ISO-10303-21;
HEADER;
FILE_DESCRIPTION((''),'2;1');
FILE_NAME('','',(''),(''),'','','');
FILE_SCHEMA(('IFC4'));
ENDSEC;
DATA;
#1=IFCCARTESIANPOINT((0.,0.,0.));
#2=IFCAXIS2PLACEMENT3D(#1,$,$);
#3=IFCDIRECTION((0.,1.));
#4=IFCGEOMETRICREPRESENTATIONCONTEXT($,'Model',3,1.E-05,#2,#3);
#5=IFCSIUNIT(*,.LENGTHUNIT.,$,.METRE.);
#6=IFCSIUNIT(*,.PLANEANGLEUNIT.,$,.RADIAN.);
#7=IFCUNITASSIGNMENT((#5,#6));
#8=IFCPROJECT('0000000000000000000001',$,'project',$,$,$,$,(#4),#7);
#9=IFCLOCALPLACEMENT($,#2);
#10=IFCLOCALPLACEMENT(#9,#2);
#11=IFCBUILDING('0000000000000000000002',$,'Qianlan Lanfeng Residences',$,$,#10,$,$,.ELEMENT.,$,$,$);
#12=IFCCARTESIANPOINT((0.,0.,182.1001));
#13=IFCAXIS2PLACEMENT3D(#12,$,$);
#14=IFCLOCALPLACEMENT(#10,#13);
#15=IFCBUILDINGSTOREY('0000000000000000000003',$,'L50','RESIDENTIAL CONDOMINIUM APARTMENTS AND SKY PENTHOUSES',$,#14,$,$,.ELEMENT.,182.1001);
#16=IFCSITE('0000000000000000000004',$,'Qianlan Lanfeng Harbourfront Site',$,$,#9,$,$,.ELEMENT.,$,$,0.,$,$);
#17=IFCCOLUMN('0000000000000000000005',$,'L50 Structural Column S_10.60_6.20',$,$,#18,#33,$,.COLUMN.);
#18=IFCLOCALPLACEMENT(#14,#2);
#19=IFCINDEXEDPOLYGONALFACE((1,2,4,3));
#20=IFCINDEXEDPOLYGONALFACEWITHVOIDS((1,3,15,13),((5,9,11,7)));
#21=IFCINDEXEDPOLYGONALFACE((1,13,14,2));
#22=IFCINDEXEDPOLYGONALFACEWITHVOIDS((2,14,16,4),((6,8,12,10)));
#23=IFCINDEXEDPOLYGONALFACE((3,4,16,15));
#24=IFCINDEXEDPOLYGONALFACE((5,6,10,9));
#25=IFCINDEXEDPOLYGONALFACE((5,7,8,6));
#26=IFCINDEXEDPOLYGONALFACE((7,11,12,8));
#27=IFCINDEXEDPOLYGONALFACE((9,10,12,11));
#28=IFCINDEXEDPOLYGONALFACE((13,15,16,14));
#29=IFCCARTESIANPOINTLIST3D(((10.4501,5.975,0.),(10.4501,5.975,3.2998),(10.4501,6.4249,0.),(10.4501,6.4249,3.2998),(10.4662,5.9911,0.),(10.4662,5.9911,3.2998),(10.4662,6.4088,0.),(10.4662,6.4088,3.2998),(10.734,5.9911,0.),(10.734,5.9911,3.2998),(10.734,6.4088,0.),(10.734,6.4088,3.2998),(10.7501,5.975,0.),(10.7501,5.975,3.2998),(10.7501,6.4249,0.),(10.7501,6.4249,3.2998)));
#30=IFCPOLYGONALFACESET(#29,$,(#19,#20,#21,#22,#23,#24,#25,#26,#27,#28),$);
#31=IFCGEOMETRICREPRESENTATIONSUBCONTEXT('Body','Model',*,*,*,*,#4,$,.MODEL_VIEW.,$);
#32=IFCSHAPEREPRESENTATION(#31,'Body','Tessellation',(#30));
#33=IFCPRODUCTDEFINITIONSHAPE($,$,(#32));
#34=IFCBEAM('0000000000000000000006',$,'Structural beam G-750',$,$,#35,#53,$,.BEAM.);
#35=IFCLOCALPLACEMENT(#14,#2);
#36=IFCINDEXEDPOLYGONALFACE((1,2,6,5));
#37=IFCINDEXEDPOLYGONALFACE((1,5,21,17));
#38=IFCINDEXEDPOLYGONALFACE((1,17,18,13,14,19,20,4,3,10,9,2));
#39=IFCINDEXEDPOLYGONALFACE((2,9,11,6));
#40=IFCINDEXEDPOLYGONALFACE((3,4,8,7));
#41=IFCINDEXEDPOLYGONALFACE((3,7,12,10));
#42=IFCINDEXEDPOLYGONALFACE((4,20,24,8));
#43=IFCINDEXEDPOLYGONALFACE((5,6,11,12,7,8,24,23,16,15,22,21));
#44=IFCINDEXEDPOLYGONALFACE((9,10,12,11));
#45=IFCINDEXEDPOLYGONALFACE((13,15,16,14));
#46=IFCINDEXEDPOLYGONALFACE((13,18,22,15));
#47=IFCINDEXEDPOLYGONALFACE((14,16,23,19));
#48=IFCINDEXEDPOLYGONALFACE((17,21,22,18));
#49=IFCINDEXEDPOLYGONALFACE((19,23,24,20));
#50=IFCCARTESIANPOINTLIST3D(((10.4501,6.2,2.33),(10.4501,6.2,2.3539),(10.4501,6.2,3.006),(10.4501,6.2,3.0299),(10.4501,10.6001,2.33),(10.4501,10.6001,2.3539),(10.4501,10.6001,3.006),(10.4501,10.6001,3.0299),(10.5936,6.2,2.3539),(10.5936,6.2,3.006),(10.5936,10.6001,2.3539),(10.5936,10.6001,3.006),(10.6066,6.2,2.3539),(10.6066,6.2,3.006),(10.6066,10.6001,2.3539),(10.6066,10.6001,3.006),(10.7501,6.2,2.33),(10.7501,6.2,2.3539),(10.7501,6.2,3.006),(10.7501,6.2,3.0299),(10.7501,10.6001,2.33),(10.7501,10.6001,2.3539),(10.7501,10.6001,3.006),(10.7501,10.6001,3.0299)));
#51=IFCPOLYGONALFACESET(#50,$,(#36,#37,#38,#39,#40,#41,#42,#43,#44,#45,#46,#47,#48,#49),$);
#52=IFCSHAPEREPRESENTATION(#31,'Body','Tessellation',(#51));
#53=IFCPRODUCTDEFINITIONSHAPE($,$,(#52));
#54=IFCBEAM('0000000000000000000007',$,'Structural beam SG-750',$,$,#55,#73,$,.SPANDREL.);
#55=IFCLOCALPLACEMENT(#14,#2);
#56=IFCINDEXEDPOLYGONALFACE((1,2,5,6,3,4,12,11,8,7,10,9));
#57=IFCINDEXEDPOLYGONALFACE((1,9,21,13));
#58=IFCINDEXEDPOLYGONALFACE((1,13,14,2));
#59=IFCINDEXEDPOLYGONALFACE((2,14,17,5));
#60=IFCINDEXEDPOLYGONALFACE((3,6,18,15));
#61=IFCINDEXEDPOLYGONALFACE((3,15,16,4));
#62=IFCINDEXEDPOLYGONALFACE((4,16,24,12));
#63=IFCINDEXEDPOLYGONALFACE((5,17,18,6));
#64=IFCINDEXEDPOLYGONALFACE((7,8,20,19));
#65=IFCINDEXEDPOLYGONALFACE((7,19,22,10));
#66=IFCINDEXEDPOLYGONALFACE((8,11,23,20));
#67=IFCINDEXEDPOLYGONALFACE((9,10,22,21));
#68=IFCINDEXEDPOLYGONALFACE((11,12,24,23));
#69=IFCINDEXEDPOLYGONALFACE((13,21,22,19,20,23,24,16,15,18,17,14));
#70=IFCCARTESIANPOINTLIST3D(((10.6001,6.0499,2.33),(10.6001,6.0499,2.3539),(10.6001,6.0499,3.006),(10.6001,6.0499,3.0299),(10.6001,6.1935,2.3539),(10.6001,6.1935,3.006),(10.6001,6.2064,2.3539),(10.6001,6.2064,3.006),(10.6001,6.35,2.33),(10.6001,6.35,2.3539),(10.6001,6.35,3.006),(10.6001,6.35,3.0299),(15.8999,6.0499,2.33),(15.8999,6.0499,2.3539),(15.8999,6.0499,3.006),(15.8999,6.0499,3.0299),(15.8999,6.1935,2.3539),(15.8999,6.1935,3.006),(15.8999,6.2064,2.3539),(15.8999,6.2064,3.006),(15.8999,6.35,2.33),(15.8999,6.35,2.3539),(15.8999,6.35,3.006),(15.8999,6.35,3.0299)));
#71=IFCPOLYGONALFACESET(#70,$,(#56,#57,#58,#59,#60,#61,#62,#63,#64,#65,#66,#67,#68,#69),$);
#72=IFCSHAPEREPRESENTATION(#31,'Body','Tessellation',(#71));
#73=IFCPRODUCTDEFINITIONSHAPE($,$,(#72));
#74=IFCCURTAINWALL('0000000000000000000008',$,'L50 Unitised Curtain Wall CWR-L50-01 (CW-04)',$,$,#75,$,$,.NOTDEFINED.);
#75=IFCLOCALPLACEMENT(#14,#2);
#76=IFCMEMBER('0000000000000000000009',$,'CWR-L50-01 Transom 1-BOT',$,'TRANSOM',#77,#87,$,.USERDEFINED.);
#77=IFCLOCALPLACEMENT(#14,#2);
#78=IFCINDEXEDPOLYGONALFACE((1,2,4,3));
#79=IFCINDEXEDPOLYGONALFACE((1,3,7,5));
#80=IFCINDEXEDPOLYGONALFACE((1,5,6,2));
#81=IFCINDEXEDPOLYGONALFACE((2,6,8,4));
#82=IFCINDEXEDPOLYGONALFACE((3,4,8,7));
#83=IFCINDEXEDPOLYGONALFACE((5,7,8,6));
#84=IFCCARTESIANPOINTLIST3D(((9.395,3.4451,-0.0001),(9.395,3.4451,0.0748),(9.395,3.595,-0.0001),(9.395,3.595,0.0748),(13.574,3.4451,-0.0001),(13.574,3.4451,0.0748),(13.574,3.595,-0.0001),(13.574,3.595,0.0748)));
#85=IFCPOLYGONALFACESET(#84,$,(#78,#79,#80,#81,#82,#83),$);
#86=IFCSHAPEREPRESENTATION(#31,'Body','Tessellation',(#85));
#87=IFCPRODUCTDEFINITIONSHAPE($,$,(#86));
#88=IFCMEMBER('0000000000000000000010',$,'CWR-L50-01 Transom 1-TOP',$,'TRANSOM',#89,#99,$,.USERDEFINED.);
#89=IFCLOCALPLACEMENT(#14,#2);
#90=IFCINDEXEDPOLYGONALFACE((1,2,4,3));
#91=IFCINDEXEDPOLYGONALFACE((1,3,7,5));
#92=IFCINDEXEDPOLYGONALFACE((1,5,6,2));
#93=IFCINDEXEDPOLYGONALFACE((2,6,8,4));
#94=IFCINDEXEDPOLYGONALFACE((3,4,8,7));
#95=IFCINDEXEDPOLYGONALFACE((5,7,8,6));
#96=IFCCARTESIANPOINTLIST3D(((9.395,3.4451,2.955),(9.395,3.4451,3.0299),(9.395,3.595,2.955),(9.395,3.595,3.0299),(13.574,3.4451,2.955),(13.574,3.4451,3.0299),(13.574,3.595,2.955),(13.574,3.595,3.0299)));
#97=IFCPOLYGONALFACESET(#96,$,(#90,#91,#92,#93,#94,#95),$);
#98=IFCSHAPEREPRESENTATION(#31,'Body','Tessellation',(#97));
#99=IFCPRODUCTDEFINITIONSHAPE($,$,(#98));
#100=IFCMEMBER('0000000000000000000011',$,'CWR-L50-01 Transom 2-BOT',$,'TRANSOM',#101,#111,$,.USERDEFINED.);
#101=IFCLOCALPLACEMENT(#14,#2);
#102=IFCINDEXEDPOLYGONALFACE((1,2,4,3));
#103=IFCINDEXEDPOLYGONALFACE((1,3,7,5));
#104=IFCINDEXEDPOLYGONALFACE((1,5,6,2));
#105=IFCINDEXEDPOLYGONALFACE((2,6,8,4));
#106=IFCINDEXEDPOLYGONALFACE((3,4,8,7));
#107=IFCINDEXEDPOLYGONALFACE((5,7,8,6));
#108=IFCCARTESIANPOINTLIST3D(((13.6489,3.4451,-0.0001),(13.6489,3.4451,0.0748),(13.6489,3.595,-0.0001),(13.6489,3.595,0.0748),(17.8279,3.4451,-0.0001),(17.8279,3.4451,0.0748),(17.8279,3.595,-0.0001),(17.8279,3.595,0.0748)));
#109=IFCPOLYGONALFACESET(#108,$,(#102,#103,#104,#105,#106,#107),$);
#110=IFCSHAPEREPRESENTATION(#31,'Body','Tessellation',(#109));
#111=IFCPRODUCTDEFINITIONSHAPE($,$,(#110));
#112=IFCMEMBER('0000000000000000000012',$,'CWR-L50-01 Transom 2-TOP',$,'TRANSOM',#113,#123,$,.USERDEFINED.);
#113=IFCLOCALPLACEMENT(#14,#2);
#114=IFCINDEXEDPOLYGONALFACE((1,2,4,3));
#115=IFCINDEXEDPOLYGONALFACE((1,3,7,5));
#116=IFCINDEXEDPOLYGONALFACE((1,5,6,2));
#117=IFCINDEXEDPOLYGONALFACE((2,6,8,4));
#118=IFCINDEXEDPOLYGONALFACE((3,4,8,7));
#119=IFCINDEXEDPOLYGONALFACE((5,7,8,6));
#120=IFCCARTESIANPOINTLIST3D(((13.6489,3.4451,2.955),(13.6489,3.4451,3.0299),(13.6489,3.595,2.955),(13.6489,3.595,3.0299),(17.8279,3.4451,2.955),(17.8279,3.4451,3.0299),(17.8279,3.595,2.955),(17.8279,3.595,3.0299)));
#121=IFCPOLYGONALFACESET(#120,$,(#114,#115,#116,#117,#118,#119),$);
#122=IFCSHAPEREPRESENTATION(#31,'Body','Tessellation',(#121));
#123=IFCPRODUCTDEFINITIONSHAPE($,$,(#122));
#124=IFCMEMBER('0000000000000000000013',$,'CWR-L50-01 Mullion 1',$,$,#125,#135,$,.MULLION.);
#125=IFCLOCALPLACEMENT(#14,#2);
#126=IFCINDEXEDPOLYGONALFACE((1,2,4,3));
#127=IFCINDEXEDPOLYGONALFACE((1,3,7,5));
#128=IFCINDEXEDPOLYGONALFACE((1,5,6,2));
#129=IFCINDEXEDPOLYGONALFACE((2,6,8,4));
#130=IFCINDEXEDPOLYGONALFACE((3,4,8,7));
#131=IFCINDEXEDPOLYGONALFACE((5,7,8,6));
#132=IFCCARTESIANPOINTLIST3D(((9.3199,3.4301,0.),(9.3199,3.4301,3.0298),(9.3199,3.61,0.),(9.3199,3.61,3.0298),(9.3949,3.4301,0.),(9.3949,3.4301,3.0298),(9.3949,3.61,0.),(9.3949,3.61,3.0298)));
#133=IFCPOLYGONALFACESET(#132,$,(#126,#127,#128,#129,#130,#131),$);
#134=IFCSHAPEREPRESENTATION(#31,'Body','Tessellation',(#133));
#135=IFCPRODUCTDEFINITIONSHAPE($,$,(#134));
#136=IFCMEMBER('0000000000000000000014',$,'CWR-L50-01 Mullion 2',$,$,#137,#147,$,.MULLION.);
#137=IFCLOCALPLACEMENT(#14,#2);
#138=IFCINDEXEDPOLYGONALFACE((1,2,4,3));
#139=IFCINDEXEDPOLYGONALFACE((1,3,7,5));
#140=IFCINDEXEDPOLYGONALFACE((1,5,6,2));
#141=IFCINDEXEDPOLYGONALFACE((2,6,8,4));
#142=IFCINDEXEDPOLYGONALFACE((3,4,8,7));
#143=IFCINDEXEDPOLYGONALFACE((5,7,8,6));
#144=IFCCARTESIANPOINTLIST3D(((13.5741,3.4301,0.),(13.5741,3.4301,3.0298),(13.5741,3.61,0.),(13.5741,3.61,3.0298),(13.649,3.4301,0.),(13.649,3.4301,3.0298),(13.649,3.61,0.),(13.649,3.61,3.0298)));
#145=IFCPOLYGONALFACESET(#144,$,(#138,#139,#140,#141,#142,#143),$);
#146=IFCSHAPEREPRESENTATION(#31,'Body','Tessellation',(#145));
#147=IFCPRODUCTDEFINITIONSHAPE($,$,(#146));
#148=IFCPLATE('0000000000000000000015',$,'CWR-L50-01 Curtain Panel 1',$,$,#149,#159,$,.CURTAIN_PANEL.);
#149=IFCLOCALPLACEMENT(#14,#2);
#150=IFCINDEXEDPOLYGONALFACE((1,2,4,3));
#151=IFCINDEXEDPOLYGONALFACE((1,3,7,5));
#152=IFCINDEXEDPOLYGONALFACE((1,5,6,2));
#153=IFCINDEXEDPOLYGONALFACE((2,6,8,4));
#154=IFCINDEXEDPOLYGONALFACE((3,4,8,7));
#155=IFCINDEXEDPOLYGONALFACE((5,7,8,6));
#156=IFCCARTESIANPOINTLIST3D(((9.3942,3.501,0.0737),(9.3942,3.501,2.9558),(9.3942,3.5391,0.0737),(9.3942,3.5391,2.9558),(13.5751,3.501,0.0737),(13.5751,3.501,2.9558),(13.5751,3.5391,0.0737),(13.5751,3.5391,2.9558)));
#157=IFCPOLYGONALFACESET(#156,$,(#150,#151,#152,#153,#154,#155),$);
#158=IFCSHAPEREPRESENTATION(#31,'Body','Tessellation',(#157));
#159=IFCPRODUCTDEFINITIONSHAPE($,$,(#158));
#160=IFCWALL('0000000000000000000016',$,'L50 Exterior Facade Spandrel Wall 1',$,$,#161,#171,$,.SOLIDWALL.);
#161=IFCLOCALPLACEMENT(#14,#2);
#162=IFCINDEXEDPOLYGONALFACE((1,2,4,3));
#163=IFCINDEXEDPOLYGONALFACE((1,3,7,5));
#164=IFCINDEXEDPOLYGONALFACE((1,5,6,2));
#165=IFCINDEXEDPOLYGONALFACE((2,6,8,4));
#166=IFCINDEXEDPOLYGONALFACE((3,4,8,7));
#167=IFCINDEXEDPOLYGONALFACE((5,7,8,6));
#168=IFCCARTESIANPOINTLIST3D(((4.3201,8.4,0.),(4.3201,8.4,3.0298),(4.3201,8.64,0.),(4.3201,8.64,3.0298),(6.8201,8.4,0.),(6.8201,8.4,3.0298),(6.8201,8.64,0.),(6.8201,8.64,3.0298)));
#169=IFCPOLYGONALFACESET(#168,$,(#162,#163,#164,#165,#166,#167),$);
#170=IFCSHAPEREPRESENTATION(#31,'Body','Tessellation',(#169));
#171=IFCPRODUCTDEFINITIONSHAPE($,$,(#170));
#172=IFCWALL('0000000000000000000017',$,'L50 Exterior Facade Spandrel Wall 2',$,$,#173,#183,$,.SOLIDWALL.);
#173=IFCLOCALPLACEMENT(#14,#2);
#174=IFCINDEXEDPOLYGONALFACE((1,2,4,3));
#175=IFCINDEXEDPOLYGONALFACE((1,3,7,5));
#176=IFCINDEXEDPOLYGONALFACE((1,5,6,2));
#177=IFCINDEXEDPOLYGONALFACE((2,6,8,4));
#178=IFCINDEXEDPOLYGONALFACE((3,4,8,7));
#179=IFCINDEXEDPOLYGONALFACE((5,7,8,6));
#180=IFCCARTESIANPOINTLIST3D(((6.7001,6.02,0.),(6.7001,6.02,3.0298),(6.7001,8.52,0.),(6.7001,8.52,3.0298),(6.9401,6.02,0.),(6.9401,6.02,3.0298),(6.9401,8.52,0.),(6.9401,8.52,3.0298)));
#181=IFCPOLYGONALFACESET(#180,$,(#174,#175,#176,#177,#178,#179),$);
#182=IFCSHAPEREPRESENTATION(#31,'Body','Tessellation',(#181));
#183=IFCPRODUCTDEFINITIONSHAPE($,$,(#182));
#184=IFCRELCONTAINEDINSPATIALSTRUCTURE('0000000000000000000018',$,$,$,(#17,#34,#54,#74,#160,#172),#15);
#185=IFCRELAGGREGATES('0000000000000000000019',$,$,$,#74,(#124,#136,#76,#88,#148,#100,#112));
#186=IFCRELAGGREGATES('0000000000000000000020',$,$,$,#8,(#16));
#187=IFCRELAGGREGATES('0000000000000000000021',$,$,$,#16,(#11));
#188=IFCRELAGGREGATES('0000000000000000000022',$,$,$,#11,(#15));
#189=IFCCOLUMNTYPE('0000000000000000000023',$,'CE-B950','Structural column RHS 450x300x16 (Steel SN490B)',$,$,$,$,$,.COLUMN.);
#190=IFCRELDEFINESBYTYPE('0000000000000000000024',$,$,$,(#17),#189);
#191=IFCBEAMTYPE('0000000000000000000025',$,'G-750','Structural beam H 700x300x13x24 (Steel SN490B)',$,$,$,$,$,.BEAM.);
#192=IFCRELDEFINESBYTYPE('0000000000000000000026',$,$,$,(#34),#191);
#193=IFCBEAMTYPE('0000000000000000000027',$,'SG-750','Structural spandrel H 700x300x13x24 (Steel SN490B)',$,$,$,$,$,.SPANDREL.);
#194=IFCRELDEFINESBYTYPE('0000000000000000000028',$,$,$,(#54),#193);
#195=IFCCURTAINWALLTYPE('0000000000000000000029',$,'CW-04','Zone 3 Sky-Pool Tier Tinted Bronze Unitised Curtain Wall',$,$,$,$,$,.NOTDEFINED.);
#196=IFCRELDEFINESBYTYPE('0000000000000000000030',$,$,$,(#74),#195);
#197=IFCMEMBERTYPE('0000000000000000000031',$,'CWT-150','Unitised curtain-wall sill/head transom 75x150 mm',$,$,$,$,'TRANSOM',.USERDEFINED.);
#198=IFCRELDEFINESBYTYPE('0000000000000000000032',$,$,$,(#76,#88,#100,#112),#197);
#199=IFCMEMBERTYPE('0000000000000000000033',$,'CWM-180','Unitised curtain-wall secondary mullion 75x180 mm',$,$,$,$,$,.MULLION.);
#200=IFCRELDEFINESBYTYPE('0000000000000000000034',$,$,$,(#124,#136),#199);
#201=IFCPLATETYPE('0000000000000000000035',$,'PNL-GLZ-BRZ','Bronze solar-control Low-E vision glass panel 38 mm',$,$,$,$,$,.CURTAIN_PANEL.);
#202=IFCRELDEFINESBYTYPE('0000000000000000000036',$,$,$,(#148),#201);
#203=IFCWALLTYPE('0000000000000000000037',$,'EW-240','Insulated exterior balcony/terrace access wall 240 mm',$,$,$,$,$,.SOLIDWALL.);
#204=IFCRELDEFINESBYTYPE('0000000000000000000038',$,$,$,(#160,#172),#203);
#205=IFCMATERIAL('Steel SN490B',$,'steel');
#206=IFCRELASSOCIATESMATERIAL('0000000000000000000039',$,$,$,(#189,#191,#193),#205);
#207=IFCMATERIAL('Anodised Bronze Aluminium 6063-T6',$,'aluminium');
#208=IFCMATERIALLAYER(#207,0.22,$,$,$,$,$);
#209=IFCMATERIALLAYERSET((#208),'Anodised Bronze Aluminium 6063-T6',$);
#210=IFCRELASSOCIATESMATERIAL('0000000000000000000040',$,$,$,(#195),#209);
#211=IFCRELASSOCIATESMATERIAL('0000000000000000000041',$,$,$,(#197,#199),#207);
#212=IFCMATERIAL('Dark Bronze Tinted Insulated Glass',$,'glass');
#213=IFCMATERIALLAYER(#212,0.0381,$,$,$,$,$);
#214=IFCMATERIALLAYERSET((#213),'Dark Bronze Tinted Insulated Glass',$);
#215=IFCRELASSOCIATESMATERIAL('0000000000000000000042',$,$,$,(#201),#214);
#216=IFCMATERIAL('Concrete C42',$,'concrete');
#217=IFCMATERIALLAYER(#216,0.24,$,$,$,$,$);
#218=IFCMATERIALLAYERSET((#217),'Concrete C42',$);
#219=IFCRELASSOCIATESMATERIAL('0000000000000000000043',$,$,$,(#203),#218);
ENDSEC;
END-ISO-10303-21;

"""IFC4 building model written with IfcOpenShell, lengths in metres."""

from ifc_helpers import new_model, si_unit, direction, frame, frame_2d, origin, origin_2d, place, context, subcontext, project, spatial, rectangle, hollow_rectangle, i_section, extrude, source, transform, mapped, material, layer, layer_set, material_profile, profile_set, type_object, element, aggregate, save


model = new_model("IFC4")

# Units and contexts
model_context = context("Model", 3, precision=1e-05, world=origin(), true_north=direction((0.0, 1.0)))
body_context = subcontext(model_context, "Body", "Model", "MODEL_VIEW")
ifc_project = project(units=[si_unit("LENGTHUNIT", "METRE"), si_unit("PLANEANGLEUNIT", "RADIAN")], contexts=[model_context])

# Site, building, storey
site_placement = place(None, origin())
site = spatial("IfcSite", under=ifc_project, at=site_placement, Name="Qianlan Lanfeng Harbourfront Site", CompositionType="ELEMENT", RefElevation=0.0)
building_placement = place(site_placement, origin())
building = spatial("IfcBuilding", under=site, at=building_placement, Name="Qianlan Lanfeng Residences", CompositionType="ELEMENT")
storey_placement = place(building_placement, frame((0.0, 0.0, 182.1001)))
storey = spatial("IfcBuildingStorey", under=building, at=storey_placement, Name="L50", Description="RESIDENTIAL CONDOMINIUM APARTMENTS AND SKY PENTHOUSES", CompositionType="ELEMENT", Elevation=182.1001)

# Column
ifc_material_1 = material(Name="Steel SN490B", Category="steel")
ifc_material_profile_1 = material_profile(ifc_material_1, hollow_rectangle(XDim=0.3, YDim=0.45, WallThickness=0.0161, at=origin_2d()), Name="RHS 450x300x16")
ifc_profile_set_1 = profile_set([ifc_material_profile_1], Name="Steel SN490B")
column_type = type_object("IfcColumnType", Name="CE-B950", Description="Structural column RHS 450x300x16 (Steel SN490B)", PredefinedType="COLUMN", material=ifc_profile_set_1)
column_placement = place(storey_placement, frame((10.6001, 6.2, 0.0), z_axis=(0.0, 0.0, 1.0), x_axis=(1.0, 0.0, 0.0)))
element("IfcColumn", 1, at=column_placement, inside=storey, type_object=column_type, Name="L50 Structural Column S_10.60_6.20", PredefinedType="COLUMN", context=body_context, shape_type="SweptSolid", body=[
    extrude(hollow_rectangle(XDim=0.3, YDim=0.45, WallThickness=0.0161, at=origin_2d()), origin(), (0.0, 0.0, 1.0), 3.2998),
])

# Beams
ifc_material_profile_2 = material_profile(ifc_material_1, i_section(OverallWidth=0.3, OverallDepth=0.7, WebThickness=0.0129, FlangeThickness=0.0239, at=origin_2d()), Name="H 700x300x13x24")
ifc_profile_set_2 = profile_set([ifc_material_profile_2], Name="Steel SN490B")
beam_type_1 = type_object("IfcBeamType", Name="G-750", Description="Structural beam H 700x300x13x24 (Steel SN490B)", PredefinedType="BEAM", material=ifc_profile_set_2)
beam_1_placement = place(storey_placement, frame((10.6001, 6.2, 2.6799), z_axis=(0.0, 1.0, 0.0), x_axis=(-1.0, 0.0, 0.0)))
element("IfcBeam", 2, at=beam_1_placement, inside=storey, type_object=beam_type_1, Name="Structural beam G-750", PredefinedType="BEAM", context=body_context, shape_type="SweptSolid", body=[
    extrude(i_section(OverallWidth=0.3, OverallDepth=0.7, WebThickness=0.0129, FlangeThickness=0.0239, at=origin_2d()), origin(), (0.0, 0.0, 1.0), 4.4001),
])
ifc_material_profile_3 = material_profile(ifc_material_1, i_section(OverallWidth=0.3, OverallDepth=0.7, WebThickness=0.0129, FlangeThickness=0.0239, at=origin_2d()), Name="H 700x300x13x24")
ifc_profile_set_3 = profile_set([ifc_material_profile_3], Name="Steel SN490B")
beam_type_2 = type_object("IfcBeamType", Name="SG-750", Description="Structural spandrel H 700x300x13x24 (Steel SN490B)", PredefinedType="SPANDREL", material=ifc_profile_set_3)
beam_2_placement = place(storey_placement, frame((10.6001, 6.2, 2.6799), z_axis=(1.0, 0.0, 0.0), x_axis=(0.0, 1.0, 0.0)))
element("IfcBeam", 3, at=beam_2_placement, inside=storey, type_object=beam_type_2, Name="Structural beam SG-750", PredefinedType="SPANDREL", context=body_context, shape_type="SweptSolid", body=[
    extrude(i_section(OverallWidth=0.3, OverallDepth=0.7, WebThickness=0.0129, FlangeThickness=0.0239, at=origin_2d()), origin(), (0.0, 0.0, 1.0), 5.2998),
])

# Curtain wall, members, plate
ifc_material_2 = material(Name="Anodised Bronze Aluminium 6063-T6", Category="aluminium")
ifc_layer_1 = layer(ifc_material_2, 0.22)
ifc_layer_set_1 = layer_set([ifc_layer_1], Name="Anodised Bronze Aluminium 6063-T6")
curtain_wall_type = type_object("IfcCurtainWallType", Name="CW-04", Description="Zone 3 Sky-Pool Tier Tinted Bronze Unitised Curtain Wall", PredefinedType="NOTDEFINED", material=ifc_layer_set_1)
curtain_wall_placement = place(storey_placement, origin())
curtain_wall = element("IfcCurtainWall", 4, at=curtain_wall_placement, inside=storey, type_object=curtain_wall_type, Name="L50 Unitised Curtain Wall CWR-L50-01 (CW-04)", PredefinedType="NOTDEFINED")
ifc_material_profile_4 = material_profile(ifc_material_2, rectangle(XDim=0.075, YDim=0.1499, at=origin_2d()), Name="ALU TRANSOM 75x150")
ifc_profile_set_4 = profile_set([ifc_material_profile_4], Name="Anodised Bronze Aluminium 6063-T6")
member_type_1 = type_object("IfcMemberType", Name="CWT-150", Description="Unitised curtain-wall sill/head transom 75x150 mm", ElementType="TRANSOM", PredefinedType="USERDEFINED", material=ifc_profile_set_4)
shared_shape_1 = source(origin(), body_context, "Body", "SweptSolid", [
    extrude(rectangle(XDim=0.075, YDim=0.1499, at=origin_2d()), origin(), (0.0, 0.0, 1.0), 4.179),
])
member_1_placement = place(storey_placement, frame((9.395, 3.52, 0.0374), z_axis=(1.0, 0.0, 0.0), x_axis=(0.0, 0.0, 1.0)))
member_1 = element("IfcMember", 5, at=member_1_placement, type_object=member_type_1, Name="CWR-L50-01 Transom 1-BOT", ObjectType="TRANSOM", PredefinedType="USERDEFINED", context=body_context, shape_type="MappedRepresentation", body=[
    mapped(shared_shape_1, transform((0.0, 0.0, 0.0), scale=1.0)),
])
member_2_placement = place(storey_placement, frame((9.395, 3.52, 2.9924), z_axis=(1.0, 0.0, 0.0), x_axis=(0.0, 0.0, 1.0)))
member_2 = element("IfcMember", 6, at=member_2_placement, type_object=member_type_1, Name="CWR-L50-01 Transom 1-TOP", ObjectType="TRANSOM", PredefinedType="USERDEFINED", context=body_context, shape_type="MappedRepresentation", body=[
    mapped(shared_shape_1, transform((0.0, 0.0, 0.0), scale=1.0)),
])
member_3_placement = place(storey_placement, frame((13.6489, 3.52, 0.0374), z_axis=(1.0, 0.0, 0.0), x_axis=(0.0, 0.0, 1.0)))
member_3 = element("IfcMember", 7, at=member_3_placement, type_object=member_type_1, Name="CWR-L50-01 Transom 2-BOT", ObjectType="TRANSOM", PredefinedType="USERDEFINED", context=body_context, shape_type="MappedRepresentation", body=[
    mapped(shared_shape_1, transform((0.0, 0.0, 0.0), scale=1.0)),
])
member_4_placement = place(storey_placement, frame((13.6489, 3.52, 2.9924), z_axis=(1.0, 0.0, 0.0), x_axis=(0.0, 0.0, 1.0)))
member_4 = element("IfcMember", 8, at=member_4_placement, type_object=member_type_1, Name="CWR-L50-01 Transom 2-TOP", ObjectType="TRANSOM", PredefinedType="USERDEFINED", context=body_context, shape_type="MappedRepresentation", body=[
    mapped(shared_shape_1, transform((0.0, 0.0, 0.0), scale=1.0)),
])
ifc_material_profile_5 = material_profile(ifc_material_2, rectangle(XDim=0.075, YDim=0.1799, at=origin_2d()), Name="ALU MULLION 75x180")
ifc_profile_set_5 = profile_set([ifc_material_profile_5], Name="Anodised Bronze Aluminium 6063-T6")
member_type_2 = type_object("IfcMemberType", Name="CWM-180", Description="Unitised curtain-wall secondary mullion 75x180 mm", PredefinedType="MULLION", material=ifc_profile_set_5)
shared_shape_2 = source(origin(), body_context, "Body", "SweptSolid", [
    extrude(rectangle(XDim=0.075, YDim=0.1799, at=origin_2d()), origin(), (0.0, 0.0, 1.0), 3.0298),
])
member_5_placement = place(storey_placement, frame((9.3574, 3.52, 0.0), z_axis=(0.0, 0.0, 1.0), x_axis=(1.0, 0.0, 0.0)))
member_5 = element("IfcMember", 9, at=member_5_placement, type_object=member_type_2, Name="CWR-L50-01 Mullion 1", PredefinedType="MULLION", context=body_context, shape_type="MappedRepresentation", body=[
    mapped(shared_shape_2, transform((0.0, 0.0, 0.0), scale=1.0)),
])
member_6_placement = place(storey_placement, frame((13.6116, 3.52, 0.0), z_axis=(0.0, 0.0, 1.0), x_axis=(1.0, 0.0, 0.0)))
member_6 = element("IfcMember", 10, at=member_6_placement, type_object=member_type_2, Name="CWR-L50-01 Mullion 2", PredefinedType="MULLION", context=body_context, shape_type="MappedRepresentation", body=[
    mapped(shared_shape_2, transform((0.0, 0.0, 0.0), scale=1.0)),
])
ifc_material_3 = material(Name="Dark Bronze Tinted Insulated Glass", Category="glass")
ifc_layer_2 = layer(ifc_material_3, 0.0381)
ifc_layer_set_2 = layer_set([ifc_layer_2], Name="Dark Bronze Tinted Insulated Glass")
plate_type = type_object("IfcPlateType", Name="PNL-GLZ-BRZ", Description="Bronze solar-control Low-E vision glass panel 38 mm", PredefinedType="CURTAIN_PANEL", material=ifc_layer_set_2)
shared_shape_3 = source(origin(), body_context, "Body", "SweptSolid", [
    extrude(rectangle(XDim=4.1809, YDim=0.0381, at=origin_2d()), origin(), (0.0, 0.0, 1.0), 2.8821),
])
plate_placement = place(storey_placement, frame((11.4846, 3.52, 0.0737), z_axis=(0.0, 0.0, 1.0), x_axis=(1.0, 0.0, 0.0)))
plate = element("IfcPlate", 11, at=plate_placement, type_object=plate_type, Name="CWR-L50-01 Curtain Panel 1", PredefinedType="CURTAIN_PANEL", context=body_context, shape_type="MappedRepresentation", body=[
    mapped(shared_shape_3, transform((0.0, 0.0, 0.0), scale=1.0)),
])
aggregate(curtain_wall, [member_5, member_6, member_1, member_2, plate, member_3, member_4])

# Walls
ifc_material_4 = material(Name="Concrete C42", Category="concrete")
ifc_layer_3 = layer(ifc_material_4, 0.24)
ifc_layer_set_3 = layer_set([ifc_layer_3], Name="Concrete C42")
wall_type_1 = type_object("IfcWallType", Name="EW-240", Description="Insulated exterior balcony/terrace access wall 240 mm", PredefinedType="SOLIDWALL", material=ifc_layer_set_3)
for number, where, z_axis, x_axis, name in (
    (12, (4.3201, 8.52, 0.0), (0.0, 0.0, 1.0), (1.0, 0.0, 0.0), "L50 Exterior Facade Spandrel Wall 1"),
    (13, (6.8201, 8.52, 0.0), (0.0, 0.0, 1.0), (0.0, -1.0, 0.0), "L50 Exterior Facade Spandrel Wall 2"),
):
    element("IfcWall", number, at=place(storey_placement, frame(where, z_axis=z_axis, x_axis=x_axis)), inside=storey, type_object=wall_type_1, Name=name, PredefinedType="SOLIDWALL", context=body_context, shape_type="SweptSolid", body=[
        extrude(rectangle(XDim=2.5, YDim=0.24, at=frame_2d((1.25, 0.0))), origin(), (0.0, 0.0, 1.0), 3.0298),
    ])

save(model, "model.ifc")
